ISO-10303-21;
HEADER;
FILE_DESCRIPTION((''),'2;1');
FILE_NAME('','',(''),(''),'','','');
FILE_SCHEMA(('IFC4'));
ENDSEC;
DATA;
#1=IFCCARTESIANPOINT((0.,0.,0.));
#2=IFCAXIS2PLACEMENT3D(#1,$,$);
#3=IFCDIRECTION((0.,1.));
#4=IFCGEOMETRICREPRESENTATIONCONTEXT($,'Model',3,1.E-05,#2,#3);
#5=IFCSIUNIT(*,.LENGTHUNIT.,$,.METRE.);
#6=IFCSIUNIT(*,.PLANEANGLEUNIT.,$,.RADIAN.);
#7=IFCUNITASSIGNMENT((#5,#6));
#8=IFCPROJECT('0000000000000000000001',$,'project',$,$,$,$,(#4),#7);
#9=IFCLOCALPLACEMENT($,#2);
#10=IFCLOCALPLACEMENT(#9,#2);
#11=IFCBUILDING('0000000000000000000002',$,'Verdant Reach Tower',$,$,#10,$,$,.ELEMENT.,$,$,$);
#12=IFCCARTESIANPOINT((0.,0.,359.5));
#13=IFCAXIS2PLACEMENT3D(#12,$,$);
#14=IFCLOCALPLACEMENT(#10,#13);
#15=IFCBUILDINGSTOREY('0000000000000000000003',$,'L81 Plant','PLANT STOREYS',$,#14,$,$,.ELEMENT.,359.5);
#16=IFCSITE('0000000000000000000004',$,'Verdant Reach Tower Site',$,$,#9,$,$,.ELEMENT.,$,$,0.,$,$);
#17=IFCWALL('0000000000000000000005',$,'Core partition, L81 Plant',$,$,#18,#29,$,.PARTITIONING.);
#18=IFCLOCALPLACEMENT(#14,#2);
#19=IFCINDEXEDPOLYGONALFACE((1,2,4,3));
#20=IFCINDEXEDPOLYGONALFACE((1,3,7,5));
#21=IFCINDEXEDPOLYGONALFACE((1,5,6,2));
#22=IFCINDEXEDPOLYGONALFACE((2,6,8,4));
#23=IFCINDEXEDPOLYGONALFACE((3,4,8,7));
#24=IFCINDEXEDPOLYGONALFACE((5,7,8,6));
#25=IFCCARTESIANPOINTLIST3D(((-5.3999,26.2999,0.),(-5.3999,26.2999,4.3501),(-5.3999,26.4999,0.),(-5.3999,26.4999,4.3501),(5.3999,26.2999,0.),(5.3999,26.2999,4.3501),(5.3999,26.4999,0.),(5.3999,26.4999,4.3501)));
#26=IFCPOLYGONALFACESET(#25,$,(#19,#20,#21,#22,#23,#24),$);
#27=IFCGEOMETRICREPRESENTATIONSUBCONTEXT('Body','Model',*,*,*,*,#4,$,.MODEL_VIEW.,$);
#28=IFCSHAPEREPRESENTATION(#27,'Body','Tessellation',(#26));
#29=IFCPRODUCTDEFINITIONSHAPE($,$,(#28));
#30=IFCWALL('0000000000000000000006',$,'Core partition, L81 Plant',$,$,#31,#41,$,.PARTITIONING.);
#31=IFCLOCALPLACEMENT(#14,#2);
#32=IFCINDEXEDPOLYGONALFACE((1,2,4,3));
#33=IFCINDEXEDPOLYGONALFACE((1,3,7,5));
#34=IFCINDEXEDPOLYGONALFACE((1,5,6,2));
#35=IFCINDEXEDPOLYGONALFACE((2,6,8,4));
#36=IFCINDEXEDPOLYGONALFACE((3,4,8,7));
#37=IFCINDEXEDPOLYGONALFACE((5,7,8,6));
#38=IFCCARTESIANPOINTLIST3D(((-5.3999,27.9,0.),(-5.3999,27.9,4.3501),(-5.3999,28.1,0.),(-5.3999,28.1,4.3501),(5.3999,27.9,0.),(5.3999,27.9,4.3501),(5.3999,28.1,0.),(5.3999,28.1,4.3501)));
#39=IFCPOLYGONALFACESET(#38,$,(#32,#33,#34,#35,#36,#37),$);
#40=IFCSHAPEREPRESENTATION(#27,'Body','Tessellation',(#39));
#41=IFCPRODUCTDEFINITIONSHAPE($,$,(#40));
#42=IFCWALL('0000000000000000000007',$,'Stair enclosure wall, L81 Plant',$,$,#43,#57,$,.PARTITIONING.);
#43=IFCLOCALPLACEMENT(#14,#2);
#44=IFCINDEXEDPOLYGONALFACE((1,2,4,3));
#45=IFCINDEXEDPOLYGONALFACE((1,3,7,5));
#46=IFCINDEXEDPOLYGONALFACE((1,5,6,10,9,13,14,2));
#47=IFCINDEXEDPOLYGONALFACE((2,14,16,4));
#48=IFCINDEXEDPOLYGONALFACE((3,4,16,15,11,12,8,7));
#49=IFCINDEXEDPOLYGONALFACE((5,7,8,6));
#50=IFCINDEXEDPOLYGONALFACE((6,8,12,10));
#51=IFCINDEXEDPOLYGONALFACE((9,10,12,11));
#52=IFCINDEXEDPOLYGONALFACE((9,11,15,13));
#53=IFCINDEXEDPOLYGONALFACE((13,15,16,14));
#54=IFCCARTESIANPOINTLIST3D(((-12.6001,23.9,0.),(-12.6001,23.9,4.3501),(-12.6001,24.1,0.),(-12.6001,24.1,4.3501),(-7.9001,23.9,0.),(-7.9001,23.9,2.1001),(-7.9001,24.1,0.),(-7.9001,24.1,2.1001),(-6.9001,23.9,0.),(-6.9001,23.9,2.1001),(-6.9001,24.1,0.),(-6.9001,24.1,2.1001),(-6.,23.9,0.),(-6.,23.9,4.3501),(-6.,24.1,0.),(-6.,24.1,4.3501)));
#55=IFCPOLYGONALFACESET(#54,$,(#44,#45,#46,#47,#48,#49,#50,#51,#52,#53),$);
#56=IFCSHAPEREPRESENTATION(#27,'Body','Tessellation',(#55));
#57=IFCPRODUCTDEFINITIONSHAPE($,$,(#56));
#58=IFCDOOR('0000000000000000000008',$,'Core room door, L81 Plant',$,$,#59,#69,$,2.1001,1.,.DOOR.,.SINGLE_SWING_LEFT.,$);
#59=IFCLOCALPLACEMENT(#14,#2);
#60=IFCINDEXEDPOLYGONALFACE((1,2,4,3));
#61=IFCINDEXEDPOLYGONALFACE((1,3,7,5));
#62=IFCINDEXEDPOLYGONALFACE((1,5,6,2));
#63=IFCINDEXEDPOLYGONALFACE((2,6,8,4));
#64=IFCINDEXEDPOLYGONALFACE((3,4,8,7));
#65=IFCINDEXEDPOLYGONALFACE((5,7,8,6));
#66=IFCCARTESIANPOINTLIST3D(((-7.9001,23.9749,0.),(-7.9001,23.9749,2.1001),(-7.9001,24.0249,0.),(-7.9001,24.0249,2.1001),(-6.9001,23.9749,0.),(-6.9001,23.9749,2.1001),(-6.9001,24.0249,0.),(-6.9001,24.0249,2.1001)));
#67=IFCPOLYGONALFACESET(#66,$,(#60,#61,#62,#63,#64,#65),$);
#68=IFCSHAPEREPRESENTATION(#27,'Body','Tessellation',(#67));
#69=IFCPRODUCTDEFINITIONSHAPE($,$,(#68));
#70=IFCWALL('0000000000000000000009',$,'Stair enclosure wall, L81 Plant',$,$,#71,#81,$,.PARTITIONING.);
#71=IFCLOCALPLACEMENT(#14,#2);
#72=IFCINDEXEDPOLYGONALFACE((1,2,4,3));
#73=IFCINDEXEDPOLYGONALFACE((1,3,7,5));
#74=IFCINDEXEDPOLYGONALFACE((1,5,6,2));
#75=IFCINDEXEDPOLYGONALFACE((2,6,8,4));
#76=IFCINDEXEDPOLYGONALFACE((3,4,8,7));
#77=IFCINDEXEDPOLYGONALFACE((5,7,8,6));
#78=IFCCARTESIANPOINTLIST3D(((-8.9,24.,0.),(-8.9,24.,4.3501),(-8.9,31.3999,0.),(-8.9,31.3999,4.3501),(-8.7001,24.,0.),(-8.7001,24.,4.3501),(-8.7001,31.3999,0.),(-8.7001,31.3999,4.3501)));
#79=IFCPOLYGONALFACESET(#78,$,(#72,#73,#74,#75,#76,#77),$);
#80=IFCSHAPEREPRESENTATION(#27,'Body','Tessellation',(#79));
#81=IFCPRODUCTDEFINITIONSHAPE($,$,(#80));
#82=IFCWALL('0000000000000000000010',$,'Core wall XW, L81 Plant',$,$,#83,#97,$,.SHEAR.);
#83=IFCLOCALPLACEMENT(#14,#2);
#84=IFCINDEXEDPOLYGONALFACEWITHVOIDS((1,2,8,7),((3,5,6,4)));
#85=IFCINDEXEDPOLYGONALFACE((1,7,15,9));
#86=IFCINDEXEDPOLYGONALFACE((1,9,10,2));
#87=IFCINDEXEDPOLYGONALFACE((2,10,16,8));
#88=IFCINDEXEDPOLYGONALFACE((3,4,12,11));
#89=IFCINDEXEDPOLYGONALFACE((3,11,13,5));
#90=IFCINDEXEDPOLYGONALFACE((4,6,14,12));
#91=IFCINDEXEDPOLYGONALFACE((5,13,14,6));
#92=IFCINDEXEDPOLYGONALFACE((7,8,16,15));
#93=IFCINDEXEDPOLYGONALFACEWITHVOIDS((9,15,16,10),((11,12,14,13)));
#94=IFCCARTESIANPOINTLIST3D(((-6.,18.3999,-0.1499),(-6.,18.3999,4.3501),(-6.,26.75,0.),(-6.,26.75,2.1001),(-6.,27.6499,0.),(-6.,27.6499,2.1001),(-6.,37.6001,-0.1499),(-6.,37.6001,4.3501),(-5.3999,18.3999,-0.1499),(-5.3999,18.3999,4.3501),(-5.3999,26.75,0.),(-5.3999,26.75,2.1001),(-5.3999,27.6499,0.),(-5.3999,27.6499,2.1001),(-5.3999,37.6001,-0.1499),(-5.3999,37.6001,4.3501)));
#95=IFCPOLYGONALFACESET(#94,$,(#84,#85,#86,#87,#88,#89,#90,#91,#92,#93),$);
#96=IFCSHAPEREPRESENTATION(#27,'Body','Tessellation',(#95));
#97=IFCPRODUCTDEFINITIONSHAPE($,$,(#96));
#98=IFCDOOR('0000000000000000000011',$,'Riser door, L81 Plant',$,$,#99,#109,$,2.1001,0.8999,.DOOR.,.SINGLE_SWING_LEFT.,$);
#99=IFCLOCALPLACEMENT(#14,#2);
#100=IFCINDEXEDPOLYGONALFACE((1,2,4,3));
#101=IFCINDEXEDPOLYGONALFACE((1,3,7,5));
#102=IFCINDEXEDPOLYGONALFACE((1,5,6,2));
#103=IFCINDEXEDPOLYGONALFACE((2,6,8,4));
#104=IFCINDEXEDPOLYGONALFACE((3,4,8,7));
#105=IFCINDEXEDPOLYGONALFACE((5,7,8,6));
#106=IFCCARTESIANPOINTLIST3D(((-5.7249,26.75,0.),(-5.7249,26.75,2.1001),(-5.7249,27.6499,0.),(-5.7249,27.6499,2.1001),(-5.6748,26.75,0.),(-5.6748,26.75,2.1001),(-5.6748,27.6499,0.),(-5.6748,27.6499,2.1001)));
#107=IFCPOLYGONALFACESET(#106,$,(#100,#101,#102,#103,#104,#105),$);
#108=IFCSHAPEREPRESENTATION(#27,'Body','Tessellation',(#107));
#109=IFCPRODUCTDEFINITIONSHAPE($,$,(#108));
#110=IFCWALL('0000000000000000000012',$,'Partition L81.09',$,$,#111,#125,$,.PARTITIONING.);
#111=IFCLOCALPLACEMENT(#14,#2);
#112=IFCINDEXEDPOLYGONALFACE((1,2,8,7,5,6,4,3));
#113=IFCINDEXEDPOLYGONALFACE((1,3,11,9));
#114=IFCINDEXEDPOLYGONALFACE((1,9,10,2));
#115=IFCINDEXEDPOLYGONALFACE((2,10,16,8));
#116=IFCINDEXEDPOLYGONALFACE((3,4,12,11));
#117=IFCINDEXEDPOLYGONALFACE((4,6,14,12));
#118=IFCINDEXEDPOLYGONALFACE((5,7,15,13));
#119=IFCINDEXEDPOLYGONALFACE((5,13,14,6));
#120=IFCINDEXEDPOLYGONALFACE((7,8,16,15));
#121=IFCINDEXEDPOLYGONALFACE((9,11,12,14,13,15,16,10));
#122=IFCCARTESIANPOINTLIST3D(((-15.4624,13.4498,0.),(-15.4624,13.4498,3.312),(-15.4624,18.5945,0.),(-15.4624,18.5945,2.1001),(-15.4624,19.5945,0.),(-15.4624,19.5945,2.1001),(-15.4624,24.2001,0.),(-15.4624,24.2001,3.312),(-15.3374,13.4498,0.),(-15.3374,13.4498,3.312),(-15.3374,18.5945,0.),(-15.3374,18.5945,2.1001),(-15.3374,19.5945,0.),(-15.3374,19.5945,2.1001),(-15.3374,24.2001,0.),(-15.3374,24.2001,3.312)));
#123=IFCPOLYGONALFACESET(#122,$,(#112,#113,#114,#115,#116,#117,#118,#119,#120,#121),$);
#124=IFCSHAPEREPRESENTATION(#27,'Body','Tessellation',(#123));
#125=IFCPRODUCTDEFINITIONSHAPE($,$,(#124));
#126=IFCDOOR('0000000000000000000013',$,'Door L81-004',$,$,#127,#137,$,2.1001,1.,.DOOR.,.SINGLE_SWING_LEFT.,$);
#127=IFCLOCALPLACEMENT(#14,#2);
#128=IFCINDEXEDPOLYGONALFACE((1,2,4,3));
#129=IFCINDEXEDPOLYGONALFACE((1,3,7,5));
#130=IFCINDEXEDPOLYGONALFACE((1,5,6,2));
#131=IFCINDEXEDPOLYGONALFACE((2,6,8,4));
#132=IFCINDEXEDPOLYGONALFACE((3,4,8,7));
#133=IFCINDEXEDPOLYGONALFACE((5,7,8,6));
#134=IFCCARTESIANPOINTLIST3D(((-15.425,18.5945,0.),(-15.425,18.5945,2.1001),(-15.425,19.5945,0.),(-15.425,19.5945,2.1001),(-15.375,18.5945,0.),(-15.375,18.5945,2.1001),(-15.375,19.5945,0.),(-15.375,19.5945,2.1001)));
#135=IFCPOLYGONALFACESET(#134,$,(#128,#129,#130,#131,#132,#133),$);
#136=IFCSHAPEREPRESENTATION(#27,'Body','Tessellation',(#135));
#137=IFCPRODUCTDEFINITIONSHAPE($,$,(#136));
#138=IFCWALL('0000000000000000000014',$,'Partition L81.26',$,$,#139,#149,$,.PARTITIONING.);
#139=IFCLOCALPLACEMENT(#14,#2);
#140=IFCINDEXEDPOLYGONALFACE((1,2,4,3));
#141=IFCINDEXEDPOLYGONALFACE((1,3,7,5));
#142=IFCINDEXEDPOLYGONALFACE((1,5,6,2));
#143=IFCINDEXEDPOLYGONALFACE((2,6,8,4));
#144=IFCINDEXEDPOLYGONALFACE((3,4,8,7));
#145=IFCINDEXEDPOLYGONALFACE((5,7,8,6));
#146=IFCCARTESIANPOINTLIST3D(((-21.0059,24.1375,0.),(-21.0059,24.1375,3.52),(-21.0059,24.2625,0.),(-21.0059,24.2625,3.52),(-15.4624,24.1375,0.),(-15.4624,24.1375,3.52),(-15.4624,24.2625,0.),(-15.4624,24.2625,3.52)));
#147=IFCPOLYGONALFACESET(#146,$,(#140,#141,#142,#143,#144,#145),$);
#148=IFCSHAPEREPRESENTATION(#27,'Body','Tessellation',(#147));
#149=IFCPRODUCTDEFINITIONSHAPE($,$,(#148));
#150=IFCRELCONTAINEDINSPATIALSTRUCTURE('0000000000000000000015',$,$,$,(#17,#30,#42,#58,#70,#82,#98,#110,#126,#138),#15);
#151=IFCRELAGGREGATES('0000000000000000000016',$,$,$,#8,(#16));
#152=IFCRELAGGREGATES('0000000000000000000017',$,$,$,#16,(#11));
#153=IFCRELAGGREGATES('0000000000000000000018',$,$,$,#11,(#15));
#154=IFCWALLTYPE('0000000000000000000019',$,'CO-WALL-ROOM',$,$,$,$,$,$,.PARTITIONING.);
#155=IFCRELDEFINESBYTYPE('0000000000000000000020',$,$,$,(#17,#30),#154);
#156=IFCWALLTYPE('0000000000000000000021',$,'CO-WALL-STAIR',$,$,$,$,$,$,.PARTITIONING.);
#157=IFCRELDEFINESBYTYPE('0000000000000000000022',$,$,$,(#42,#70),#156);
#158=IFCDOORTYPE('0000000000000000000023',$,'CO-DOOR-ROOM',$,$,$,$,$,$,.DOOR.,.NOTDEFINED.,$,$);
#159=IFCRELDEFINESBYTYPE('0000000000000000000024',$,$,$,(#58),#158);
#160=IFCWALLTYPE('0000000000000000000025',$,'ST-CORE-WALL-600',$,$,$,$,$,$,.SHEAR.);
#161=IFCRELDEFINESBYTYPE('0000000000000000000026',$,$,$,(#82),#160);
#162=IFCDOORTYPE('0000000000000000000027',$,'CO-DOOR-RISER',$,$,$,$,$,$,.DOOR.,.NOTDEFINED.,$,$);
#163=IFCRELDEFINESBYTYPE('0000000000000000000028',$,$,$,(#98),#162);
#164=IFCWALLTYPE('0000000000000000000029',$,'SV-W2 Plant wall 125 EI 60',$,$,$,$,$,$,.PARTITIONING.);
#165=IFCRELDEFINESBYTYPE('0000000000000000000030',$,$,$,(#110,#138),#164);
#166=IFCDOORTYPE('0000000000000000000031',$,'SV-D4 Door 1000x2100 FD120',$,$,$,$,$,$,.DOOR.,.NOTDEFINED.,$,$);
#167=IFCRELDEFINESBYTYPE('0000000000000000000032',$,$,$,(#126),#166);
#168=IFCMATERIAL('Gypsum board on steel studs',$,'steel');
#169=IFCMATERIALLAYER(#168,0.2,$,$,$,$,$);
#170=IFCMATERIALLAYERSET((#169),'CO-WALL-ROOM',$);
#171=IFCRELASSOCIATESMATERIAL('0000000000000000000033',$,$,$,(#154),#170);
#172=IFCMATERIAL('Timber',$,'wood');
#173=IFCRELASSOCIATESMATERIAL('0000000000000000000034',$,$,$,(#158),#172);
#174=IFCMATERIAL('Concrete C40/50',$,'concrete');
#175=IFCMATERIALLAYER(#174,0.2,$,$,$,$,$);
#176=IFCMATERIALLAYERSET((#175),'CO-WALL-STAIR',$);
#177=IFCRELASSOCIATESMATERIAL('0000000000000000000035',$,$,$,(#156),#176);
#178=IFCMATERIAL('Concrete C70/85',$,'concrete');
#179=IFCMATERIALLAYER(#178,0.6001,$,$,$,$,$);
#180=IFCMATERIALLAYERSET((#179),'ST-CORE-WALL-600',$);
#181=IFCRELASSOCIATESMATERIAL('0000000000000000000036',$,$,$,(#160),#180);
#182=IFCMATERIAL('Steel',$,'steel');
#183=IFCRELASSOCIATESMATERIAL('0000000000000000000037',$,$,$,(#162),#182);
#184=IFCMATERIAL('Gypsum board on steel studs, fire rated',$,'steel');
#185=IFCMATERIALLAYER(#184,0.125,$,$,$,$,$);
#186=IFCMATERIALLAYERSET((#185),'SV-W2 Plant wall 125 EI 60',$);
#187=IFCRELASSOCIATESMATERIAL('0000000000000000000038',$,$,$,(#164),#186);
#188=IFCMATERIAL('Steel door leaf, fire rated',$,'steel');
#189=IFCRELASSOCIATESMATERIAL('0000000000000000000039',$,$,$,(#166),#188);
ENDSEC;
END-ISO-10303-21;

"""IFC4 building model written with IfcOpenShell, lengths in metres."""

from ifc_helpers import new_model, si_unit, direction, frame, frame_2d, origin, place, context, subcontext, project, spatial, rectangle, extrude, material, layer, layer_set, type_object, element, fill, save


model = new_model("IFC4")

# Units and contexts
model_context = context("Model", 3, precision=1e-05, world=origin(), true_north=direction((0.0, 1.0)))
body_context = subcontext(model_context, "Body", "Model", "MODEL_VIEW")
ifc_project = project(units=[si_unit("LENGTHUNIT", "METRE"), si_unit("PLANEANGLEUNIT", "RADIAN")], contexts=[model_context])

# Site, building, storey
site_placement = place(None, origin())
site = spatial("IfcSite", under=ifc_project, at=site_placement, Name="Verdant Reach Tower Site", CompositionType="ELEMENT", RefElevation=0.0)
building_placement = place(site_placement, origin())
building = spatial("IfcBuilding", under=site, at=building_placement, Name="Verdant Reach Tower", CompositionType="ELEMENT")
storey_placement = place(building_placement, frame((0.0, 0.0, 359.5)))
storey = spatial("IfcBuildingStorey", under=building, at=storey_placement, Name="L81 Plant", Description="PLANT STOREYS", CompositionType="ELEMENT", Elevation=359.5)

# Shared definitions
ifc_material_1 = material(Name="Gypsum board on steel studs", Category="steel")
ifc_layer_1 = layer(ifc_material_1, 0.2)
ifc_layer_set_1 = layer_set([ifc_layer_1], Name="CO-WALL-ROOM")
wall_type_1 = type_object("IfcWallType", Name="CO-WALL-ROOM", PredefinedType="PARTITIONING", material=ifc_layer_set_1)
ifc_material_2 = material(Name="Timber", Category="wood")
door_type_1 = type_object("IfcDoorType", Name="CO-DOOR-ROOM", OperationType="NOTDEFINED", PredefinedType="DOOR", material=ifc_material_2)

# Walls
for number, where, z_axis, x_axis, name in (
    (1, (-5.3999, 26.3999, 0.0), (0.0, 0.0, 1.0), (1.0, 0.0, 0.0), "Core partition, L81 Plant"),
    (2, (-5.3999, 28.0, 0.0), (0.0, 0.0, 1.0), (1.0, 0.0, 0.0), "Core partition, L81 Plant"),
):
    element("IfcWall", number, at=place(storey_placement, frame(where, z_axis=z_axis, x_axis=x_axis)), inside=storey, type_object=wall_type_1, Name=name, PredefinedType="PARTITIONING", context=body_context, shape_type="SweptSolid", body=[
        extrude(rectangle(XDim=10.7998, YDim=0.2, at=frame_2d((5.3999, 0.0))), origin(), (0.0, 0.0, 1.0), 4.3501),
    ])

# Wall, opening, door
ifc_material_3 = material(Name="Concrete C40/50", Category="concrete")
ifc_layer_2 = layer(ifc_material_3, 0.2)
ifc_layer_set_2 = layer_set([ifc_layer_2], Name="CO-WALL-STAIR")
wall_type_2 = type_object("IfcWallType", Name="CO-WALL-STAIR", PredefinedType="PARTITIONING", material=ifc_layer_set_2)
wall_1_placement = place(storey_placement, frame((-12.6001, 24.0, 0.0), z_axis=(0.0, 0.0, 1.0), x_axis=(1.0, 0.0, 0.0)))
wall_1 = element("IfcWall", 3, at=wall_1_placement, inside=storey, type_object=wall_type_2, Name="Stair enclosure wall, L81 Plant", PredefinedType="PARTITIONING", context=body_context, shape_type="SweptSolid", body=[
    extrude(rectangle(XDim=6.6001, YDim=0.2, at=frame_2d((3.3, 0.0))), origin(), (0.0, 0.0, 1.0), 4.3501),
])
opening_1_placement = place(wall_1_placement, frame((4.7, 0.0, 0.0)))
opening_1 = element("IfcOpeningElement", 4, at=opening_1_placement, cuts=wall_1, PredefinedType="OPENING", context=body_context, shape_type="SweptSolid", body=[
    extrude(rectangle(XDim=1.0, YDim=2.1001, at=frame_2d((0.5, 1.05))), frame((0.0, 0.1099, 0.0), z_axis=(0.0, -1.0, 0.0), x_axis=(1.0, 0.0, 0.0)), (0.0, 0.0, 1.0), 0.22),
])
door_1_placement = place(opening_1_placement, origin())
door_1 = element("IfcDoor", 5, at=door_1_placement, inside=storey, type_object=door_type_1, Name="Core room door, L81 Plant", OperationType="SINGLE_SWING_LEFT", OverallHeight=2.1001, OverallWidth=1.0, PredefinedType="DOOR", context=body_context, shape_type="SweptSolid", body=[
    extrude(rectangle(XDim=1.0, YDim=2.1001, at=frame_2d((0.5, 1.05))), frame((0.0, 0.0249, 0.0), z_axis=(0.0, -1.0, 0.0), x_axis=(1.0, 0.0, 0.0)), (0.0, 0.0, 1.0), 0.05),
])
fill(opening_1, door_1)

# Wall
wall_2_placement = place(storey_placement, frame((-8.8, 24.0, 0.0), z_axis=(0.0, 0.0, 1.0), x_axis=(0.0, 1.0, 0.0)))
element("IfcWall", 6, at=wall_2_placement, inside=storey, type_object=wall_type_2, Name="Stair enclosure wall, L81 Plant", PredefinedType="PARTITIONING", context=body_context, shape_type="SweptSolid", body=[
    extrude(rectangle(XDim=7.3999, YDim=0.2, at=frame_2d((3.7, 0.0))), origin(), (0.0, 0.0, 1.0), 4.3501),
])

# Walls, openings, doors
ifc_material_4 = material(Name="Concrete C70/85", Category="concrete")
ifc_layer_3 = layer(ifc_material_4, 0.6001)
ifc_layer_set_3 = layer_set([ifc_layer_3], Name="ST-CORE-WALL-600")
wall_type_3 = type_object("IfcWallType", Name="ST-CORE-WALL-600", PredefinedType="SHEAR", material=ifc_layer_set_3)
wall_3_placement = place(storey_placement, frame((-5.7, 18.3999, -0.1499), z_axis=(0.0, 0.0, 1.0), x_axis=(0.0, 1.0, 0.0)))
wall_3 = element("IfcWall", 7, at=wall_3_placement, inside=storey, type_object=wall_type_3, Name="Core wall XW, L81 Plant", PredefinedType="SHEAR", context=body_context, shape_type="SweptSolid", body=[
    extrude(rectangle(XDim=19.2002, YDim=0.6001, at=frame_2d((9.6001, 0.0))), origin(), (0.0, 0.0, 1.0), 4.5),
])
opening_2_placement = place(wall_3_placement, frame((8.3501, 0.0, 0.1499)))
opening_2 = element("IfcOpeningElement", 8, at=opening_2_placement, cuts=wall_3, PredefinedType="OPENING", context=body_context, shape_type="SweptSolid", body=[
    extrude(rectangle(XDim=0.8999, YDim=2.1001, at=frame_2d((0.45, 1.05))), frame((0.0, 0.3101, 0.0), z_axis=(0.0, -1.0, 0.0), x_axis=(1.0, 0.0, 0.0)), (0.0, 0.0, 1.0), 0.6201),
])
ifc_material_5 = material(Name="Steel", Category="steel")
door_type_2 = type_object("IfcDoorType", Name="CO-DOOR-RISER", OperationType="NOTDEFINED", PredefinedType="DOOR", material=ifc_material_5)
door_2_placement = place(opening_2_placement, origin())
door_2 = element("IfcDoor", 9, at=door_2_placement, inside=storey, type_object=door_type_2, Name="Riser door, L81 Plant", OperationType="SINGLE_SWING_LEFT", OverallHeight=2.1001, OverallWidth=0.8999, PredefinedType="DOOR", context=body_context, shape_type="SweptSolid", body=[
    extrude(rectangle(XDim=0.8999, YDim=2.1001, at=frame_2d((0.45, 1.05))), frame((0.0, 0.0249, 0.0), z_axis=(0.0, -1.0, 0.0), x_axis=(1.0, 0.0, 0.0)), (0.0, 0.0, 1.0), 0.05),
])
fill(opening_2, door_2)
ifc_material_6 = material(Name="Gypsum board on steel studs, fire rated", Category="steel")
ifc_layer_4 = layer(ifc_material_6, 0.125)
ifc_layer_set_4 = layer_set([ifc_layer_4], Name="SV-W2 Plant wall 125 EI 60")
wall_type_4 = type_object("IfcWallType", Name="SV-W2 Plant wall 125 EI 60", PredefinedType="PARTITIONING", material=ifc_layer_set_4)
wall_4_placement = place(storey_placement, frame((-15.3999, 24.2, 0.0), z_axis=(0.0, 0.0, 1.0), x_axis=(0.0, -1.0, 0.0)))
wall_4 = element("IfcWall", 10, at=wall_4_placement, inside=storey, type_object=wall_type_4, Name="Partition L81.09", PredefinedType="PARTITIONING", context=body_context, shape_type="SweptSolid", body=[
    extrude(rectangle(XDim=10.7502, YDim=0.125, at=frame_2d((5.375, 0.0))), origin(), (0.0, 0.0, 1.0), 3.312),
])
opening_3_placement = place(wall_4_placement, frame((4.6055, 0.0, 0.0)))
opening_3 = element("IfcOpeningElement", 11, at=opening_3_placement, cuts=wall_4, PredefinedType="OPENING", context=body_context, shape_type="SweptSolid", body=[
    extrude(rectangle(XDim=1.0, YDim=2.1001, at=frame_2d((0.5, 1.05))), frame((0.0, 0.0725, 0.0), z_axis=(0.0, -1.0, 0.0), x_axis=(1.0, 0.0, 0.0)), (0.0, 0.0, 1.0), 0.145),
])
ifc_material_7 = material(Name="Steel door leaf, fire rated", Category="steel")
door_type_3 = type_object("IfcDoorType", Name="SV-D4 Door 1000x2100 FD120", OperationType="NOTDEFINED", PredefinedType="DOOR", material=ifc_material_7)
door_3_placement = place(opening_3_placement, origin())
door_3 = element("IfcDoor", 12, at=door_3_placement, inside=storey, type_object=door_type_3, Name="Door L81-004", OperationType="SINGLE_SWING_LEFT", OverallHeight=2.1001, OverallWidth=1.0, PredefinedType="DOOR", context=body_context, shape_type="SweptSolid", body=[
    extrude(rectangle(XDim=1.0, YDim=2.1001, at=frame_2d((0.5, 1.05))), frame((0.0, 0.0249, 0.0), z_axis=(0.0, -1.0, 0.0), x_axis=(1.0, 0.0, 0.0)), (0.0, 0.0, 1.0), 0.05),
])
fill(opening_3, door_3)

# Wall
wall_5_placement = place(storey_placement, frame((-21.0059, 24.2, 0.0), z_axis=(0.0, 0.0, 1.0), x_axis=(1.0, 0.0, 0.0)))
element("IfcWall", 13, at=wall_5_placement, inside=storey, type_object=wall_type_4, Name="Partition L81.26", PredefinedType="PARTITIONING", context=body_context, shape_type="SweptSolid", body=[
    extrude(rectangle(XDim=5.5435, YDim=0.125, at=frame_2d((2.7717, 0.0))), origin(), (0.0, 0.0, 1.0), 3.52),
])

save(model, "model.ifc")
